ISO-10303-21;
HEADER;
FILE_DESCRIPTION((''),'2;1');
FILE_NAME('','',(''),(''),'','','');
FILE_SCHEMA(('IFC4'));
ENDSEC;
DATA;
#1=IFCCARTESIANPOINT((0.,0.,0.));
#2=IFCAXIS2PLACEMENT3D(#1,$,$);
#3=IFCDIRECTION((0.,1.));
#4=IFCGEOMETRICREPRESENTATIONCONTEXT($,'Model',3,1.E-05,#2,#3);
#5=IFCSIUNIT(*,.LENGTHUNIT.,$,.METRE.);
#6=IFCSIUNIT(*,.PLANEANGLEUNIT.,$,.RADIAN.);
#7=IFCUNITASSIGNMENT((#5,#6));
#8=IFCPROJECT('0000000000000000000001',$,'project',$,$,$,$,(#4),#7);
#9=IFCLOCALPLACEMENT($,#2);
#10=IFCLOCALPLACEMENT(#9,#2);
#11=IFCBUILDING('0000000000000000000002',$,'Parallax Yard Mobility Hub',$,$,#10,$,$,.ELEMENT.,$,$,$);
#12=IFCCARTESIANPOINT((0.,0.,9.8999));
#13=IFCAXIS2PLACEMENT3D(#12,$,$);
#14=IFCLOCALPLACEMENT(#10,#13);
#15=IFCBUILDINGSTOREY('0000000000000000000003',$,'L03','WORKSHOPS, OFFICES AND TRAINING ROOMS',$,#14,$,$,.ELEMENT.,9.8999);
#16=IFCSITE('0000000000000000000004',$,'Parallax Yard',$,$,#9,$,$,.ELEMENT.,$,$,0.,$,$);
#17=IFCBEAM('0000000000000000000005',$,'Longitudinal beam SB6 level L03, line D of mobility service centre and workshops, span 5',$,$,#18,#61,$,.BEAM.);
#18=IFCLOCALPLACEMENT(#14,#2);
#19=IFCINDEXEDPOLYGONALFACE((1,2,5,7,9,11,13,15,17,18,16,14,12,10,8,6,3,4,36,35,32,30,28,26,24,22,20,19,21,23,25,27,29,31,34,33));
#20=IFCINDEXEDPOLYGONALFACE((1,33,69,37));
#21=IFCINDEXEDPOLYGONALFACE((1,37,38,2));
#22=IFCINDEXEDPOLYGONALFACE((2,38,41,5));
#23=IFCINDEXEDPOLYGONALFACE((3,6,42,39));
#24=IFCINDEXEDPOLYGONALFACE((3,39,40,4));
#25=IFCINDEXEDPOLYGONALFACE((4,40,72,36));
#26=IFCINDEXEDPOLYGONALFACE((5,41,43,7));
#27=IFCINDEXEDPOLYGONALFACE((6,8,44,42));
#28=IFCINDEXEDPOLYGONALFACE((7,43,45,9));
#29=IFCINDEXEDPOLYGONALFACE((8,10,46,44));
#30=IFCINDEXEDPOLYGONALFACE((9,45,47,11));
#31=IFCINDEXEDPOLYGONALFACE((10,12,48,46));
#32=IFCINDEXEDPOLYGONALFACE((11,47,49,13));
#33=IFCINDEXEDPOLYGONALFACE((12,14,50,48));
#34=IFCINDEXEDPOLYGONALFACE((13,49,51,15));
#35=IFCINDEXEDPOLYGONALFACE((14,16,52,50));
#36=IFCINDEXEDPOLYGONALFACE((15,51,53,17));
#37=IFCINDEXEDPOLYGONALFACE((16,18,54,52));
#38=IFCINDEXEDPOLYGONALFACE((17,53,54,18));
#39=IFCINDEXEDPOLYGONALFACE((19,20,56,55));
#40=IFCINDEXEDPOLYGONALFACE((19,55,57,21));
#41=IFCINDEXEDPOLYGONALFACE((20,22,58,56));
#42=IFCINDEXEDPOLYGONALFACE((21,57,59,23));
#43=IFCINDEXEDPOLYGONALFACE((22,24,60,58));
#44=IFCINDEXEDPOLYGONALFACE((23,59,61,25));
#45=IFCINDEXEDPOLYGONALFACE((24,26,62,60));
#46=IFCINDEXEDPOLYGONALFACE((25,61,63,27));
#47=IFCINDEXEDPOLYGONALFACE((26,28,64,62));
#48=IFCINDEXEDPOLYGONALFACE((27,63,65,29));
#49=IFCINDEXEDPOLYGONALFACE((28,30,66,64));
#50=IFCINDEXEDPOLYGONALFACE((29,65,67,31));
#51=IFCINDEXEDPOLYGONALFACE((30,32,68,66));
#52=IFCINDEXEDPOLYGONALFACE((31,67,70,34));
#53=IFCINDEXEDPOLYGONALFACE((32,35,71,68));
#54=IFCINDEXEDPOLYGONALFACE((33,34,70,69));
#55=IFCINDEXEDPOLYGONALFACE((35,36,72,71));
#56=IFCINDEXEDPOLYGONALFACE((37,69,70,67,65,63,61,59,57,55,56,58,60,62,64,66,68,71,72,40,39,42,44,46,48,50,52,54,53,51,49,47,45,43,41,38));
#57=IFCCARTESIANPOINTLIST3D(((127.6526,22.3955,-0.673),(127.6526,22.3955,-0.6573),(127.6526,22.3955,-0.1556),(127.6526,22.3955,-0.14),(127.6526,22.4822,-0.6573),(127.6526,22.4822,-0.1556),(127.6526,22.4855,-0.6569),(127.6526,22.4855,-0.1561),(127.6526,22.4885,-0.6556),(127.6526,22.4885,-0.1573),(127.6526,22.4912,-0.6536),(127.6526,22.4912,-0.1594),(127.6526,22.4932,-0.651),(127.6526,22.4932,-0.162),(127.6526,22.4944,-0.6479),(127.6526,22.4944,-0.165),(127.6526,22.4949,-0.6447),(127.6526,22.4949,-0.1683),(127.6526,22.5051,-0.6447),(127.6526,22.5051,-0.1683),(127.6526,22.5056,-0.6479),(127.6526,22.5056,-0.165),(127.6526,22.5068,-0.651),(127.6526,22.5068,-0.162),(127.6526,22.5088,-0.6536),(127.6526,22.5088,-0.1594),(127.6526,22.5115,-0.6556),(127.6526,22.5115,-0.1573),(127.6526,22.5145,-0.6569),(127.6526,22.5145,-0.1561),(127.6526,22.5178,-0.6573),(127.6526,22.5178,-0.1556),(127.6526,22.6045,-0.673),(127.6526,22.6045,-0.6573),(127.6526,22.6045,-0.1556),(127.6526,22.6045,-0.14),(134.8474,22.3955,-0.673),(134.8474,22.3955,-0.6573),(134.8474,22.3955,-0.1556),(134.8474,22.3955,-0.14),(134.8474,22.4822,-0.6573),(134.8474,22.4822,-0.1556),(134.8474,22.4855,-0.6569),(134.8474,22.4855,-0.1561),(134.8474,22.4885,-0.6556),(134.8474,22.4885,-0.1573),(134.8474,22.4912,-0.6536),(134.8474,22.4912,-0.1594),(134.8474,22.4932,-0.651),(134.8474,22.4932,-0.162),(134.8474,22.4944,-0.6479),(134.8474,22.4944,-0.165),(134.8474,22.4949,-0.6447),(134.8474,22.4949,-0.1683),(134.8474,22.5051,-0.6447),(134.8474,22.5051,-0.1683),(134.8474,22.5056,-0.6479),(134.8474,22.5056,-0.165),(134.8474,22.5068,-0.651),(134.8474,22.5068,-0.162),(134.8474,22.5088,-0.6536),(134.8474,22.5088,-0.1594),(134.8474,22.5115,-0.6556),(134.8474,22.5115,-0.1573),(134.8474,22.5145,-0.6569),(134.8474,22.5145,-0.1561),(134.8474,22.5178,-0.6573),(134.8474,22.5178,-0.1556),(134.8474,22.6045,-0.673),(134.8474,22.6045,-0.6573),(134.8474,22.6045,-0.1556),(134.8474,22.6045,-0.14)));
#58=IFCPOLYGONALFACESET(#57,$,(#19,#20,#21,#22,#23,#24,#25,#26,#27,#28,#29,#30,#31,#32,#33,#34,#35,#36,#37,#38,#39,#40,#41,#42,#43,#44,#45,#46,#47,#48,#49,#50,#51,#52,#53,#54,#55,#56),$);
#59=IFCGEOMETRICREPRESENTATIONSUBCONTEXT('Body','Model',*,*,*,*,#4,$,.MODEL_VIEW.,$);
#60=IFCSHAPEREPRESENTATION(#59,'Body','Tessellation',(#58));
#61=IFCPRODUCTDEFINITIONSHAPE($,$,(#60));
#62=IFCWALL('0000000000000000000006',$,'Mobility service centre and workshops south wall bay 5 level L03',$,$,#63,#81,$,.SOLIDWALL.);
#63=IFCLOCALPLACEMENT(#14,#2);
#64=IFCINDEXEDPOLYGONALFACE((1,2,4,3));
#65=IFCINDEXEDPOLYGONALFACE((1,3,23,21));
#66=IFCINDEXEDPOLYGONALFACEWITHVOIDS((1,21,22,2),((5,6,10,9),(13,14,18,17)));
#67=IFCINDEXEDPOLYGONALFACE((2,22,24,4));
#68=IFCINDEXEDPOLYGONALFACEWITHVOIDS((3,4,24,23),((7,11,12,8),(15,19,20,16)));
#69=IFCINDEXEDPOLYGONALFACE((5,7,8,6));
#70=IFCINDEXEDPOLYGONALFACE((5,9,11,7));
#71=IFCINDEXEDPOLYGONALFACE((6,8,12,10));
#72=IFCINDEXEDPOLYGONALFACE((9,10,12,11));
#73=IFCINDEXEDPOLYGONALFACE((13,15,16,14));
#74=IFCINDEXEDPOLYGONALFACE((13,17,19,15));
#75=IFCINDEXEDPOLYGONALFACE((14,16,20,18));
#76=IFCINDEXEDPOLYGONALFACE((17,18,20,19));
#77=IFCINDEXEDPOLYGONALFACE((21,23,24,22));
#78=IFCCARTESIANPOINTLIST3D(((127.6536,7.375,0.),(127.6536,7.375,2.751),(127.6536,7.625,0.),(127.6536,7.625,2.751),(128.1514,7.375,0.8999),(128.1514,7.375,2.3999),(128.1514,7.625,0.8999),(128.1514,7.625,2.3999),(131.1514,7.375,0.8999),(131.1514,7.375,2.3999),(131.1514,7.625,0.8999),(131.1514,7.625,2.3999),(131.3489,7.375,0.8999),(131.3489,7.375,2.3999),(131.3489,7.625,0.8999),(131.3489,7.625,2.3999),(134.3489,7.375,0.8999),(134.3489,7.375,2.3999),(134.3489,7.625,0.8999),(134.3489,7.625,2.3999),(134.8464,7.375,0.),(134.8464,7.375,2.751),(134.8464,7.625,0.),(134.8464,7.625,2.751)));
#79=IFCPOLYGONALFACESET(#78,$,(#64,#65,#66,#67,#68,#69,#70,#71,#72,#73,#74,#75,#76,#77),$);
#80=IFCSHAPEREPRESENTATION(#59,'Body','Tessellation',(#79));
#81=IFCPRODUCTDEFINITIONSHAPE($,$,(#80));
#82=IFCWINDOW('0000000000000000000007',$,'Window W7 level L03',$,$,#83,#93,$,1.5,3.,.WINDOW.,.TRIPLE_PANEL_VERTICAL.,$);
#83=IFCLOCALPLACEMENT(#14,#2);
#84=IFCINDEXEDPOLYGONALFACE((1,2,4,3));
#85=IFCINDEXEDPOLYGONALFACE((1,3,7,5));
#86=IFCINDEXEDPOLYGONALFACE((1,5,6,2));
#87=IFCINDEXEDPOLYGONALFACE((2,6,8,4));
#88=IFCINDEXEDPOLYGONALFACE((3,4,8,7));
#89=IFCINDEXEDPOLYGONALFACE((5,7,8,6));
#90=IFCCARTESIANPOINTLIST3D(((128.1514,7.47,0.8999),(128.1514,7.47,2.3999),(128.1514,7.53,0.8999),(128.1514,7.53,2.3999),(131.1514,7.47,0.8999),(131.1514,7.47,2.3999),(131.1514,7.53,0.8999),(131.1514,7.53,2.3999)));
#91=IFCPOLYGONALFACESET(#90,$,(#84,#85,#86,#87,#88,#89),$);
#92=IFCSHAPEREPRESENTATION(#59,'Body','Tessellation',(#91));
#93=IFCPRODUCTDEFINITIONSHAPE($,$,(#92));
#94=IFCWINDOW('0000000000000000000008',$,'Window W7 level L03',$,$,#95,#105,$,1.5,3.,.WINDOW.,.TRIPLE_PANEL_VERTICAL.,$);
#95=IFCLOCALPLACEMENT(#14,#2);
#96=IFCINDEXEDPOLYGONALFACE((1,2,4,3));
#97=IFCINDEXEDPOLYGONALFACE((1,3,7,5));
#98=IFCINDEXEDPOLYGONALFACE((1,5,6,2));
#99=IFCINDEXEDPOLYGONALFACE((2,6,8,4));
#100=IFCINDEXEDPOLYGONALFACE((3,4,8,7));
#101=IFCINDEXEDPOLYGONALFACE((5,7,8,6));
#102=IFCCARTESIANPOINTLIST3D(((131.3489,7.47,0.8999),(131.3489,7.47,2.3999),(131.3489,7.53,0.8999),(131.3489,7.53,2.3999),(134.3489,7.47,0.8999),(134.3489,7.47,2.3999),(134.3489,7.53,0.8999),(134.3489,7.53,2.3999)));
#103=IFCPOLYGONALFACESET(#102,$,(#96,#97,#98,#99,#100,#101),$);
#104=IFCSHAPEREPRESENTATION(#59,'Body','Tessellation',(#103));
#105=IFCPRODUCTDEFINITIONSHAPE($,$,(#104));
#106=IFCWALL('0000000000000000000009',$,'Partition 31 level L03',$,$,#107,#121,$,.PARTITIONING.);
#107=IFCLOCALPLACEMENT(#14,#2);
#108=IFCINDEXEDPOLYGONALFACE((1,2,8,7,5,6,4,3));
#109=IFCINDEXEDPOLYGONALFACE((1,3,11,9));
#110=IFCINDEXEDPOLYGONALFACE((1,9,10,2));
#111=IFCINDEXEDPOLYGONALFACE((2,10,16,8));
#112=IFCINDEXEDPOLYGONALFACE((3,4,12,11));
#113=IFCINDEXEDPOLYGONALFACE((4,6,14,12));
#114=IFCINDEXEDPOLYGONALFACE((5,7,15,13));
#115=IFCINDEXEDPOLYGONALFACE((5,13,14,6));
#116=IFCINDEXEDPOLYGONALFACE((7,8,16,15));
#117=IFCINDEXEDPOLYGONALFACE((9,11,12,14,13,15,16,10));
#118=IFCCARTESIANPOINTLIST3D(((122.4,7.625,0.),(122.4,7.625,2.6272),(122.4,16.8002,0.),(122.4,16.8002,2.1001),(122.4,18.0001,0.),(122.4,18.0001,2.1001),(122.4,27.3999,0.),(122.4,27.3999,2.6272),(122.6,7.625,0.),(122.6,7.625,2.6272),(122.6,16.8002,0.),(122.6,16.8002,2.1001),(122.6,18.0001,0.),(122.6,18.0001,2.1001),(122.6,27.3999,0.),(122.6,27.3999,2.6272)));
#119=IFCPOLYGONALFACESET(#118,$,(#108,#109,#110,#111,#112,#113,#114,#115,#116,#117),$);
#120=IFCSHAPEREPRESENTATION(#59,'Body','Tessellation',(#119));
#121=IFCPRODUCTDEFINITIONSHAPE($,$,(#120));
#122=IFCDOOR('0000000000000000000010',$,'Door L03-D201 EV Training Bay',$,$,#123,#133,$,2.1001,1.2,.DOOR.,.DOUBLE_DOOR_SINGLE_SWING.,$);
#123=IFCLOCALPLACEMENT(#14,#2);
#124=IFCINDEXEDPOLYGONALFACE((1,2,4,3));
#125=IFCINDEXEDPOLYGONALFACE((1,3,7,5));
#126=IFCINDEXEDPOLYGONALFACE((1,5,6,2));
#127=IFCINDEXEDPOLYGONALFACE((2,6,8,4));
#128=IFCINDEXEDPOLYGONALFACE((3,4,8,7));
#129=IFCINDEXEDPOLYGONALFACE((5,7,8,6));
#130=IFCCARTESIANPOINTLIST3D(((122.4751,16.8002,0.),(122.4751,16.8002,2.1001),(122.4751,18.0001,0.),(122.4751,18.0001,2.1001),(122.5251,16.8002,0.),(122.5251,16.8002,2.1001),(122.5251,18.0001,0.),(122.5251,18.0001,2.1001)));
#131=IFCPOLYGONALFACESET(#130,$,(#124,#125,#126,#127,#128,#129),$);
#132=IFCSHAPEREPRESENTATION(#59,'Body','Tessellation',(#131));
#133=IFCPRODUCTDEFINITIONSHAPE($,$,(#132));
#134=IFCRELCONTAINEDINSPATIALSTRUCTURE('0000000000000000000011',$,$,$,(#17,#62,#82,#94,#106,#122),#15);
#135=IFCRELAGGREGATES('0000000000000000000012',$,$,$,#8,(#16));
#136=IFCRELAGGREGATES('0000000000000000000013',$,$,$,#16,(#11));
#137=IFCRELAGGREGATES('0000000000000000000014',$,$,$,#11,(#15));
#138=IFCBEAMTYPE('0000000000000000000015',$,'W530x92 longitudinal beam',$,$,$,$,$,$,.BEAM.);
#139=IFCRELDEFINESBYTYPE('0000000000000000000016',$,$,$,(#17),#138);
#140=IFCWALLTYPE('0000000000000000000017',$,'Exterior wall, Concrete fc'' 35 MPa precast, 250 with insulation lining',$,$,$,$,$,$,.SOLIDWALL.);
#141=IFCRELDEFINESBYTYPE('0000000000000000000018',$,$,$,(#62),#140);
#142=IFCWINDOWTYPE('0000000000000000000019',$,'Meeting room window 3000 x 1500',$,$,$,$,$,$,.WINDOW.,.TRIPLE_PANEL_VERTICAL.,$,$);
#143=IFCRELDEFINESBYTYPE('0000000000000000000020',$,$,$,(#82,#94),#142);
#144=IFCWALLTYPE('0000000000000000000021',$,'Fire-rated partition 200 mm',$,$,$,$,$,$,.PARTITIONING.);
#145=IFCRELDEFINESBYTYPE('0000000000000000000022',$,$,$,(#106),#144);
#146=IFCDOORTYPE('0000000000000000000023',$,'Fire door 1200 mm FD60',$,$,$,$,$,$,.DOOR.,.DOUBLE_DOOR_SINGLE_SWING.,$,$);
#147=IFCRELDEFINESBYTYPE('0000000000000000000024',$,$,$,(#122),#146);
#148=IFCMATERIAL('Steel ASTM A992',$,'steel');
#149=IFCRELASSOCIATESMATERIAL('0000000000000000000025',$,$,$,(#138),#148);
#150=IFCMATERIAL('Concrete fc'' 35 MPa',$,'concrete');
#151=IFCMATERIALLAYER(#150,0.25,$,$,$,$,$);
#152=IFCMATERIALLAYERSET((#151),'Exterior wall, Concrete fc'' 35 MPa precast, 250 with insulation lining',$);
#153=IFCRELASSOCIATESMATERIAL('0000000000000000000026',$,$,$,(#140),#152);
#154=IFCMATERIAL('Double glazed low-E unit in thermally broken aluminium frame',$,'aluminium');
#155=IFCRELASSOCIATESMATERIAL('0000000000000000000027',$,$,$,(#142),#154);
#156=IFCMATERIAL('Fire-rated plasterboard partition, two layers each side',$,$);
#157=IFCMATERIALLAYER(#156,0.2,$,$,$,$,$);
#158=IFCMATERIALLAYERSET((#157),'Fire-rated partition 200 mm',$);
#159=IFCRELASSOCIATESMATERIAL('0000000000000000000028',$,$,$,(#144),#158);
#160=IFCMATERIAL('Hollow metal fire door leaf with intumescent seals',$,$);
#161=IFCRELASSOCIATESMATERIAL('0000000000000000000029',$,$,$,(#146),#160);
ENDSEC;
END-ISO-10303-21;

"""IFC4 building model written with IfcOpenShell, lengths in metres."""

from ifc_helpers import new_model, si_unit, direction, frame, frame_2d, origin, origin_2d, place, context, subcontext, project, spatial, rectangle, i_section, extrude, material, layer, layer_set, material_profile, profile_set, type_object, element, fill, save


model = new_model("IFC4")

# Units and contexts
model_context = context("Model", 3, precision=1e-05, world=origin(), true_north=direction((0.0, 1.0)))
body_context = subcontext(model_context, "Body", "Model", "MODEL_VIEW")
ifc_project = project(units=[si_unit("LENGTHUNIT", "METRE"), si_unit("PLANEANGLEUNIT", "RADIAN")], contexts=[model_context])

# Site, building, storey
site_placement = place(None, origin())
site = spatial("IfcSite", under=ifc_project, at=site_placement, Name="Parallax Yard", CompositionType="ELEMENT", RefElevation=0.0)
building_placement = place(site_placement, origin())
building = spatial("IfcBuilding", under=site, at=building_placement, Name="Parallax Yard Mobility Hub", CompositionType="ELEMENT")
storey_placement = place(building_placement, frame((0.0, 0.0, 9.8999)))
storey = spatial("IfcBuildingStorey", under=building, at=storey_placement, Name="L03", Description="WORKSHOPS, OFFICES AND TRAINING ROOMS", CompositionType="ELEMENT", Elevation=9.8999)

# Shared definitions
ifc_material_1 = material(Name="Steel ASTM A992", Category="steel")

# Beam
ifc_material_profile_1 = material_profile(ifc_material_1, i_section(OverallWidth=0.209, OverallDepth=0.533, WebThickness=0.0103, FlangeThickness=0.0156, FilletRadius=0.0127, at=origin_2d()), Name="W530x92")
ifc_profile_set_1 = profile_set([ifc_material_profile_1], Name="Steel ASTM A992")
beam_type_1 = type_object("IfcBeamType", Name="W530x92 longitudinal beam", PredefinedType="BEAM", material=ifc_profile_set_1)
for number, where, z_axis, x_axis, name in (
    (1, (127.6526, 22.5, -0.4065), (1.0, 0.0, 0.0), (0.0, 1.0, 0.0), "Longitudinal beam SB6 level L03, line D of mobility service centre and workshops, span 5"),
):
    element("IfcBeam", number, at=place(storey_placement, frame(where, z_axis=z_axis, x_axis=x_axis)), inside=storey, type_object=beam_type_1, Name=name, PredefinedType="BEAM", context=body_context, shape_type="SweptSolid", body=[
        extrude(i_section(OverallWidth=0.209, OverallDepth=0.533, WebThickness=0.0103, FlangeThickness=0.0156, FilletRadius=0.0127, at=origin_2d()), origin(), (0.0, 0.0, 1.0), 7.1948),
    ])

# Wall, openings, windows
ifc_material_2 = material(Name="Concrete fc' 35 MPa", Category="concrete")
ifc_layer_1 = layer(ifc_material_2, 0.25)
ifc_layer_set_1 = layer_set([ifc_layer_1], Name="Exterior wall, Concrete fc' 35 MPa precast, 250 with insulation lining")
wall_type_1 = type_object("IfcWallType", Name="Exterior wall, Concrete fc' 35 MPa precast, 250 with insulation lining", PredefinedType="SOLIDWALL", material=ifc_layer_set_1)
wall_1_placement = place(storey_placement, frame((127.6536, 7.5, 0.0), z_axis=(0.0, 0.0, 1.0), x_axis=(1.0, 0.0, 0.0)))
wall_1 = element("IfcWall", 2, at=wall_1_placement, inside=storey, type_object=wall_type_1, Name="Mobility service centre and workshops south wall bay 5 level L03", PredefinedType="SOLIDWALL", context=body_context, shape_type="SweptSolid", body=[
    extrude(rectangle(XDim=7.1929, YDim=0.25, at=frame_2d((3.5964, 0.0))), origin(), (0.0, 0.0, 1.0), 2.751),
])
opening_1_placement = place(wall_1_placement, frame((0.4978, 0.0, 0.8999)))
opening_1 = element("IfcOpeningElement", 3, at=opening_1_placement, cuts=wall_1, PredefinedType="OPENING", context=body_context, shape_type="SweptSolid", body=[
    extrude(rectangle(XDim=3.0, YDim=1.5, at=frame_2d((1.5, 0.75))), frame((0.0, 0.135, 0.0), z_axis=(0.0, -1.0, 0.0), x_axis=(1.0, 0.0, 0.0)), (0.0, 0.0, 1.0), 0.27),
])
opening_2_placement = place(wall_1_placement, frame((3.6953, 0.0, 0.8999)))
opening_2 = element("IfcOpeningElement", 4, at=opening_2_placement, cuts=wall_1, PredefinedType="OPENING", context=body_context, shape_type="SweptSolid", body=[
    extrude(rectangle(XDim=3.0, YDim=1.5, at=frame_2d((1.5, 0.75))), frame((0.0, 0.135, 0.0), z_axis=(0.0, -1.0, 0.0), x_axis=(1.0, 0.0, 0.0)), (0.0, 0.0, 1.0), 0.27),
])
ifc_material_3 = material(Name="Double glazed low-E unit in thermally broken aluminium frame", Category="aluminium")
window_type = type_object("IfcWindowType", Name="Meeting room window 3000 x 1500", PartitioningType="TRIPLE_PANEL_VERTICAL", PredefinedType="WINDOW", material=ifc_material_3)
window_1_placement = place(opening_1_placement, origin())
window_1 = element("IfcWindow", 5, at=window_1_placement, inside=storey, type_object=window_type, Name="Window W7 level L03", OverallHeight=1.5, OverallWidth=3.0, PartitioningType="TRIPLE_PANEL_VERTICAL", PredefinedType="WINDOW", context=body_context, shape_type="SweptSolid", body=[
    extrude(rectangle(XDim=3.0, YDim=1.5, at=frame_2d((1.5, 0.75))), frame((0.0, 0.03, 0.0), z_axis=(0.0, -1.0, 0.0), x_axis=(1.0, 0.0, 0.0)), (0.0, 0.0, 1.0), 0.0601),
])
fill(opening_1, window_1)
window_2_placement = place(opening_2_placement, origin())
window_2 = element("IfcWindow", 6, at=window_2_placement, inside=storey, type_object=window_type, Name="Window W7 level L03", OverallHeight=1.5, OverallWidth=3.0, PartitioningType="TRIPLE_PANEL_VERTICAL", PredefinedType="WINDOW", context=body_context, shape_type="SweptSolid", body=[
    extrude(rectangle(XDim=3.0, YDim=1.5, at=frame_2d((1.5, 0.75))), frame((0.0, 0.03, 0.0), z_axis=(0.0, -1.0, 0.0), x_axis=(1.0, 0.0, 0.0)), (0.0, 0.0, 1.0), 0.0601),
])
fill(opening_2, window_2)

# Wall, opening, door
ifc_material_4 = material(Name="Fire-rated plasterboard partition, two layers each side")
ifc_layer_2 = layer(ifc_material_4, 0.2)
ifc_layer_set_2 = layer_set([ifc_layer_2], Name="Fire-rated partition 200 mm")
wall_type_2 = type_object("IfcWallType", Name="Fire-rated partition 200 mm", PredefinedType="PARTITIONING", material=ifc_layer_set_2)
wall_2_placement = place(storey_placement, frame((122.5, 7.625, 0.0), z_axis=(0.0, 0.0, 1.0), x_axis=(0.0, 1.0, 0.0)))
wall_2 = element("IfcWall", 7, at=wall_2_placement, inside=storey, type_object=wall_type_2, Name="Partition 31 level L03", PredefinedType="PARTITIONING", context=body_context, shape_type="SweptSolid", body=[
    extrude(rectangle(XDim=19.7749, YDim=0.2, at=frame_2d((9.8875, 0.0))), origin(), (0.0, 0.0, 1.0), 2.6272),
])
opening_3_placement = place(wall_2_placement, frame((9.175, 0.0, 0.0)))
opening_3 = element("IfcOpeningElement", 8, at=opening_3_placement, cuts=wall_2, PredefinedType="OPENING", context=body_context, shape_type="SweptSolid", body=[
    extrude(rectangle(XDim=1.2, YDim=2.1001, at=frame_2d((0.6001, 1.05))), frame((0.0, 0.1099, 0.0), z_axis=(0.0, -1.0, 0.0), x_axis=(1.0, 0.0, 0.0)), (0.0, 0.0, 1.0), 0.22),
])
ifc_material_5 = material(Name="Hollow metal fire door leaf with intumescent seals")
door_type = type_object("IfcDoorType", Name="Fire door 1200 mm FD60", OperationType="DOUBLE_DOOR_SINGLE_SWING", PredefinedType="DOOR", material=ifc_material_5)
door_placement = place(opening_3_placement, origin())
door = element("IfcDoor", 9, at=door_placement, inside=storey, type_object=door_type, Name="Door L03-D201 EV Training Bay", OperationType="DOUBLE_DOOR_SINGLE_SWING", OverallHeight=2.1001, OverallWidth=1.2, PredefinedType="DOOR", context=body_context, shape_type="SweptSolid", body=[
    extrude(rectangle(XDim=1.2, YDim=2.1001, at=frame_2d((0.6001, 1.05))), frame((0.0, 0.0249, 0.0), z_axis=(0.0, -1.0, 0.0), x_axis=(1.0, 0.0, 0.0)), (0.0, 0.0, 1.0), 0.05),
])
fill(opening_3, door)

save(model, "model.ifc")
